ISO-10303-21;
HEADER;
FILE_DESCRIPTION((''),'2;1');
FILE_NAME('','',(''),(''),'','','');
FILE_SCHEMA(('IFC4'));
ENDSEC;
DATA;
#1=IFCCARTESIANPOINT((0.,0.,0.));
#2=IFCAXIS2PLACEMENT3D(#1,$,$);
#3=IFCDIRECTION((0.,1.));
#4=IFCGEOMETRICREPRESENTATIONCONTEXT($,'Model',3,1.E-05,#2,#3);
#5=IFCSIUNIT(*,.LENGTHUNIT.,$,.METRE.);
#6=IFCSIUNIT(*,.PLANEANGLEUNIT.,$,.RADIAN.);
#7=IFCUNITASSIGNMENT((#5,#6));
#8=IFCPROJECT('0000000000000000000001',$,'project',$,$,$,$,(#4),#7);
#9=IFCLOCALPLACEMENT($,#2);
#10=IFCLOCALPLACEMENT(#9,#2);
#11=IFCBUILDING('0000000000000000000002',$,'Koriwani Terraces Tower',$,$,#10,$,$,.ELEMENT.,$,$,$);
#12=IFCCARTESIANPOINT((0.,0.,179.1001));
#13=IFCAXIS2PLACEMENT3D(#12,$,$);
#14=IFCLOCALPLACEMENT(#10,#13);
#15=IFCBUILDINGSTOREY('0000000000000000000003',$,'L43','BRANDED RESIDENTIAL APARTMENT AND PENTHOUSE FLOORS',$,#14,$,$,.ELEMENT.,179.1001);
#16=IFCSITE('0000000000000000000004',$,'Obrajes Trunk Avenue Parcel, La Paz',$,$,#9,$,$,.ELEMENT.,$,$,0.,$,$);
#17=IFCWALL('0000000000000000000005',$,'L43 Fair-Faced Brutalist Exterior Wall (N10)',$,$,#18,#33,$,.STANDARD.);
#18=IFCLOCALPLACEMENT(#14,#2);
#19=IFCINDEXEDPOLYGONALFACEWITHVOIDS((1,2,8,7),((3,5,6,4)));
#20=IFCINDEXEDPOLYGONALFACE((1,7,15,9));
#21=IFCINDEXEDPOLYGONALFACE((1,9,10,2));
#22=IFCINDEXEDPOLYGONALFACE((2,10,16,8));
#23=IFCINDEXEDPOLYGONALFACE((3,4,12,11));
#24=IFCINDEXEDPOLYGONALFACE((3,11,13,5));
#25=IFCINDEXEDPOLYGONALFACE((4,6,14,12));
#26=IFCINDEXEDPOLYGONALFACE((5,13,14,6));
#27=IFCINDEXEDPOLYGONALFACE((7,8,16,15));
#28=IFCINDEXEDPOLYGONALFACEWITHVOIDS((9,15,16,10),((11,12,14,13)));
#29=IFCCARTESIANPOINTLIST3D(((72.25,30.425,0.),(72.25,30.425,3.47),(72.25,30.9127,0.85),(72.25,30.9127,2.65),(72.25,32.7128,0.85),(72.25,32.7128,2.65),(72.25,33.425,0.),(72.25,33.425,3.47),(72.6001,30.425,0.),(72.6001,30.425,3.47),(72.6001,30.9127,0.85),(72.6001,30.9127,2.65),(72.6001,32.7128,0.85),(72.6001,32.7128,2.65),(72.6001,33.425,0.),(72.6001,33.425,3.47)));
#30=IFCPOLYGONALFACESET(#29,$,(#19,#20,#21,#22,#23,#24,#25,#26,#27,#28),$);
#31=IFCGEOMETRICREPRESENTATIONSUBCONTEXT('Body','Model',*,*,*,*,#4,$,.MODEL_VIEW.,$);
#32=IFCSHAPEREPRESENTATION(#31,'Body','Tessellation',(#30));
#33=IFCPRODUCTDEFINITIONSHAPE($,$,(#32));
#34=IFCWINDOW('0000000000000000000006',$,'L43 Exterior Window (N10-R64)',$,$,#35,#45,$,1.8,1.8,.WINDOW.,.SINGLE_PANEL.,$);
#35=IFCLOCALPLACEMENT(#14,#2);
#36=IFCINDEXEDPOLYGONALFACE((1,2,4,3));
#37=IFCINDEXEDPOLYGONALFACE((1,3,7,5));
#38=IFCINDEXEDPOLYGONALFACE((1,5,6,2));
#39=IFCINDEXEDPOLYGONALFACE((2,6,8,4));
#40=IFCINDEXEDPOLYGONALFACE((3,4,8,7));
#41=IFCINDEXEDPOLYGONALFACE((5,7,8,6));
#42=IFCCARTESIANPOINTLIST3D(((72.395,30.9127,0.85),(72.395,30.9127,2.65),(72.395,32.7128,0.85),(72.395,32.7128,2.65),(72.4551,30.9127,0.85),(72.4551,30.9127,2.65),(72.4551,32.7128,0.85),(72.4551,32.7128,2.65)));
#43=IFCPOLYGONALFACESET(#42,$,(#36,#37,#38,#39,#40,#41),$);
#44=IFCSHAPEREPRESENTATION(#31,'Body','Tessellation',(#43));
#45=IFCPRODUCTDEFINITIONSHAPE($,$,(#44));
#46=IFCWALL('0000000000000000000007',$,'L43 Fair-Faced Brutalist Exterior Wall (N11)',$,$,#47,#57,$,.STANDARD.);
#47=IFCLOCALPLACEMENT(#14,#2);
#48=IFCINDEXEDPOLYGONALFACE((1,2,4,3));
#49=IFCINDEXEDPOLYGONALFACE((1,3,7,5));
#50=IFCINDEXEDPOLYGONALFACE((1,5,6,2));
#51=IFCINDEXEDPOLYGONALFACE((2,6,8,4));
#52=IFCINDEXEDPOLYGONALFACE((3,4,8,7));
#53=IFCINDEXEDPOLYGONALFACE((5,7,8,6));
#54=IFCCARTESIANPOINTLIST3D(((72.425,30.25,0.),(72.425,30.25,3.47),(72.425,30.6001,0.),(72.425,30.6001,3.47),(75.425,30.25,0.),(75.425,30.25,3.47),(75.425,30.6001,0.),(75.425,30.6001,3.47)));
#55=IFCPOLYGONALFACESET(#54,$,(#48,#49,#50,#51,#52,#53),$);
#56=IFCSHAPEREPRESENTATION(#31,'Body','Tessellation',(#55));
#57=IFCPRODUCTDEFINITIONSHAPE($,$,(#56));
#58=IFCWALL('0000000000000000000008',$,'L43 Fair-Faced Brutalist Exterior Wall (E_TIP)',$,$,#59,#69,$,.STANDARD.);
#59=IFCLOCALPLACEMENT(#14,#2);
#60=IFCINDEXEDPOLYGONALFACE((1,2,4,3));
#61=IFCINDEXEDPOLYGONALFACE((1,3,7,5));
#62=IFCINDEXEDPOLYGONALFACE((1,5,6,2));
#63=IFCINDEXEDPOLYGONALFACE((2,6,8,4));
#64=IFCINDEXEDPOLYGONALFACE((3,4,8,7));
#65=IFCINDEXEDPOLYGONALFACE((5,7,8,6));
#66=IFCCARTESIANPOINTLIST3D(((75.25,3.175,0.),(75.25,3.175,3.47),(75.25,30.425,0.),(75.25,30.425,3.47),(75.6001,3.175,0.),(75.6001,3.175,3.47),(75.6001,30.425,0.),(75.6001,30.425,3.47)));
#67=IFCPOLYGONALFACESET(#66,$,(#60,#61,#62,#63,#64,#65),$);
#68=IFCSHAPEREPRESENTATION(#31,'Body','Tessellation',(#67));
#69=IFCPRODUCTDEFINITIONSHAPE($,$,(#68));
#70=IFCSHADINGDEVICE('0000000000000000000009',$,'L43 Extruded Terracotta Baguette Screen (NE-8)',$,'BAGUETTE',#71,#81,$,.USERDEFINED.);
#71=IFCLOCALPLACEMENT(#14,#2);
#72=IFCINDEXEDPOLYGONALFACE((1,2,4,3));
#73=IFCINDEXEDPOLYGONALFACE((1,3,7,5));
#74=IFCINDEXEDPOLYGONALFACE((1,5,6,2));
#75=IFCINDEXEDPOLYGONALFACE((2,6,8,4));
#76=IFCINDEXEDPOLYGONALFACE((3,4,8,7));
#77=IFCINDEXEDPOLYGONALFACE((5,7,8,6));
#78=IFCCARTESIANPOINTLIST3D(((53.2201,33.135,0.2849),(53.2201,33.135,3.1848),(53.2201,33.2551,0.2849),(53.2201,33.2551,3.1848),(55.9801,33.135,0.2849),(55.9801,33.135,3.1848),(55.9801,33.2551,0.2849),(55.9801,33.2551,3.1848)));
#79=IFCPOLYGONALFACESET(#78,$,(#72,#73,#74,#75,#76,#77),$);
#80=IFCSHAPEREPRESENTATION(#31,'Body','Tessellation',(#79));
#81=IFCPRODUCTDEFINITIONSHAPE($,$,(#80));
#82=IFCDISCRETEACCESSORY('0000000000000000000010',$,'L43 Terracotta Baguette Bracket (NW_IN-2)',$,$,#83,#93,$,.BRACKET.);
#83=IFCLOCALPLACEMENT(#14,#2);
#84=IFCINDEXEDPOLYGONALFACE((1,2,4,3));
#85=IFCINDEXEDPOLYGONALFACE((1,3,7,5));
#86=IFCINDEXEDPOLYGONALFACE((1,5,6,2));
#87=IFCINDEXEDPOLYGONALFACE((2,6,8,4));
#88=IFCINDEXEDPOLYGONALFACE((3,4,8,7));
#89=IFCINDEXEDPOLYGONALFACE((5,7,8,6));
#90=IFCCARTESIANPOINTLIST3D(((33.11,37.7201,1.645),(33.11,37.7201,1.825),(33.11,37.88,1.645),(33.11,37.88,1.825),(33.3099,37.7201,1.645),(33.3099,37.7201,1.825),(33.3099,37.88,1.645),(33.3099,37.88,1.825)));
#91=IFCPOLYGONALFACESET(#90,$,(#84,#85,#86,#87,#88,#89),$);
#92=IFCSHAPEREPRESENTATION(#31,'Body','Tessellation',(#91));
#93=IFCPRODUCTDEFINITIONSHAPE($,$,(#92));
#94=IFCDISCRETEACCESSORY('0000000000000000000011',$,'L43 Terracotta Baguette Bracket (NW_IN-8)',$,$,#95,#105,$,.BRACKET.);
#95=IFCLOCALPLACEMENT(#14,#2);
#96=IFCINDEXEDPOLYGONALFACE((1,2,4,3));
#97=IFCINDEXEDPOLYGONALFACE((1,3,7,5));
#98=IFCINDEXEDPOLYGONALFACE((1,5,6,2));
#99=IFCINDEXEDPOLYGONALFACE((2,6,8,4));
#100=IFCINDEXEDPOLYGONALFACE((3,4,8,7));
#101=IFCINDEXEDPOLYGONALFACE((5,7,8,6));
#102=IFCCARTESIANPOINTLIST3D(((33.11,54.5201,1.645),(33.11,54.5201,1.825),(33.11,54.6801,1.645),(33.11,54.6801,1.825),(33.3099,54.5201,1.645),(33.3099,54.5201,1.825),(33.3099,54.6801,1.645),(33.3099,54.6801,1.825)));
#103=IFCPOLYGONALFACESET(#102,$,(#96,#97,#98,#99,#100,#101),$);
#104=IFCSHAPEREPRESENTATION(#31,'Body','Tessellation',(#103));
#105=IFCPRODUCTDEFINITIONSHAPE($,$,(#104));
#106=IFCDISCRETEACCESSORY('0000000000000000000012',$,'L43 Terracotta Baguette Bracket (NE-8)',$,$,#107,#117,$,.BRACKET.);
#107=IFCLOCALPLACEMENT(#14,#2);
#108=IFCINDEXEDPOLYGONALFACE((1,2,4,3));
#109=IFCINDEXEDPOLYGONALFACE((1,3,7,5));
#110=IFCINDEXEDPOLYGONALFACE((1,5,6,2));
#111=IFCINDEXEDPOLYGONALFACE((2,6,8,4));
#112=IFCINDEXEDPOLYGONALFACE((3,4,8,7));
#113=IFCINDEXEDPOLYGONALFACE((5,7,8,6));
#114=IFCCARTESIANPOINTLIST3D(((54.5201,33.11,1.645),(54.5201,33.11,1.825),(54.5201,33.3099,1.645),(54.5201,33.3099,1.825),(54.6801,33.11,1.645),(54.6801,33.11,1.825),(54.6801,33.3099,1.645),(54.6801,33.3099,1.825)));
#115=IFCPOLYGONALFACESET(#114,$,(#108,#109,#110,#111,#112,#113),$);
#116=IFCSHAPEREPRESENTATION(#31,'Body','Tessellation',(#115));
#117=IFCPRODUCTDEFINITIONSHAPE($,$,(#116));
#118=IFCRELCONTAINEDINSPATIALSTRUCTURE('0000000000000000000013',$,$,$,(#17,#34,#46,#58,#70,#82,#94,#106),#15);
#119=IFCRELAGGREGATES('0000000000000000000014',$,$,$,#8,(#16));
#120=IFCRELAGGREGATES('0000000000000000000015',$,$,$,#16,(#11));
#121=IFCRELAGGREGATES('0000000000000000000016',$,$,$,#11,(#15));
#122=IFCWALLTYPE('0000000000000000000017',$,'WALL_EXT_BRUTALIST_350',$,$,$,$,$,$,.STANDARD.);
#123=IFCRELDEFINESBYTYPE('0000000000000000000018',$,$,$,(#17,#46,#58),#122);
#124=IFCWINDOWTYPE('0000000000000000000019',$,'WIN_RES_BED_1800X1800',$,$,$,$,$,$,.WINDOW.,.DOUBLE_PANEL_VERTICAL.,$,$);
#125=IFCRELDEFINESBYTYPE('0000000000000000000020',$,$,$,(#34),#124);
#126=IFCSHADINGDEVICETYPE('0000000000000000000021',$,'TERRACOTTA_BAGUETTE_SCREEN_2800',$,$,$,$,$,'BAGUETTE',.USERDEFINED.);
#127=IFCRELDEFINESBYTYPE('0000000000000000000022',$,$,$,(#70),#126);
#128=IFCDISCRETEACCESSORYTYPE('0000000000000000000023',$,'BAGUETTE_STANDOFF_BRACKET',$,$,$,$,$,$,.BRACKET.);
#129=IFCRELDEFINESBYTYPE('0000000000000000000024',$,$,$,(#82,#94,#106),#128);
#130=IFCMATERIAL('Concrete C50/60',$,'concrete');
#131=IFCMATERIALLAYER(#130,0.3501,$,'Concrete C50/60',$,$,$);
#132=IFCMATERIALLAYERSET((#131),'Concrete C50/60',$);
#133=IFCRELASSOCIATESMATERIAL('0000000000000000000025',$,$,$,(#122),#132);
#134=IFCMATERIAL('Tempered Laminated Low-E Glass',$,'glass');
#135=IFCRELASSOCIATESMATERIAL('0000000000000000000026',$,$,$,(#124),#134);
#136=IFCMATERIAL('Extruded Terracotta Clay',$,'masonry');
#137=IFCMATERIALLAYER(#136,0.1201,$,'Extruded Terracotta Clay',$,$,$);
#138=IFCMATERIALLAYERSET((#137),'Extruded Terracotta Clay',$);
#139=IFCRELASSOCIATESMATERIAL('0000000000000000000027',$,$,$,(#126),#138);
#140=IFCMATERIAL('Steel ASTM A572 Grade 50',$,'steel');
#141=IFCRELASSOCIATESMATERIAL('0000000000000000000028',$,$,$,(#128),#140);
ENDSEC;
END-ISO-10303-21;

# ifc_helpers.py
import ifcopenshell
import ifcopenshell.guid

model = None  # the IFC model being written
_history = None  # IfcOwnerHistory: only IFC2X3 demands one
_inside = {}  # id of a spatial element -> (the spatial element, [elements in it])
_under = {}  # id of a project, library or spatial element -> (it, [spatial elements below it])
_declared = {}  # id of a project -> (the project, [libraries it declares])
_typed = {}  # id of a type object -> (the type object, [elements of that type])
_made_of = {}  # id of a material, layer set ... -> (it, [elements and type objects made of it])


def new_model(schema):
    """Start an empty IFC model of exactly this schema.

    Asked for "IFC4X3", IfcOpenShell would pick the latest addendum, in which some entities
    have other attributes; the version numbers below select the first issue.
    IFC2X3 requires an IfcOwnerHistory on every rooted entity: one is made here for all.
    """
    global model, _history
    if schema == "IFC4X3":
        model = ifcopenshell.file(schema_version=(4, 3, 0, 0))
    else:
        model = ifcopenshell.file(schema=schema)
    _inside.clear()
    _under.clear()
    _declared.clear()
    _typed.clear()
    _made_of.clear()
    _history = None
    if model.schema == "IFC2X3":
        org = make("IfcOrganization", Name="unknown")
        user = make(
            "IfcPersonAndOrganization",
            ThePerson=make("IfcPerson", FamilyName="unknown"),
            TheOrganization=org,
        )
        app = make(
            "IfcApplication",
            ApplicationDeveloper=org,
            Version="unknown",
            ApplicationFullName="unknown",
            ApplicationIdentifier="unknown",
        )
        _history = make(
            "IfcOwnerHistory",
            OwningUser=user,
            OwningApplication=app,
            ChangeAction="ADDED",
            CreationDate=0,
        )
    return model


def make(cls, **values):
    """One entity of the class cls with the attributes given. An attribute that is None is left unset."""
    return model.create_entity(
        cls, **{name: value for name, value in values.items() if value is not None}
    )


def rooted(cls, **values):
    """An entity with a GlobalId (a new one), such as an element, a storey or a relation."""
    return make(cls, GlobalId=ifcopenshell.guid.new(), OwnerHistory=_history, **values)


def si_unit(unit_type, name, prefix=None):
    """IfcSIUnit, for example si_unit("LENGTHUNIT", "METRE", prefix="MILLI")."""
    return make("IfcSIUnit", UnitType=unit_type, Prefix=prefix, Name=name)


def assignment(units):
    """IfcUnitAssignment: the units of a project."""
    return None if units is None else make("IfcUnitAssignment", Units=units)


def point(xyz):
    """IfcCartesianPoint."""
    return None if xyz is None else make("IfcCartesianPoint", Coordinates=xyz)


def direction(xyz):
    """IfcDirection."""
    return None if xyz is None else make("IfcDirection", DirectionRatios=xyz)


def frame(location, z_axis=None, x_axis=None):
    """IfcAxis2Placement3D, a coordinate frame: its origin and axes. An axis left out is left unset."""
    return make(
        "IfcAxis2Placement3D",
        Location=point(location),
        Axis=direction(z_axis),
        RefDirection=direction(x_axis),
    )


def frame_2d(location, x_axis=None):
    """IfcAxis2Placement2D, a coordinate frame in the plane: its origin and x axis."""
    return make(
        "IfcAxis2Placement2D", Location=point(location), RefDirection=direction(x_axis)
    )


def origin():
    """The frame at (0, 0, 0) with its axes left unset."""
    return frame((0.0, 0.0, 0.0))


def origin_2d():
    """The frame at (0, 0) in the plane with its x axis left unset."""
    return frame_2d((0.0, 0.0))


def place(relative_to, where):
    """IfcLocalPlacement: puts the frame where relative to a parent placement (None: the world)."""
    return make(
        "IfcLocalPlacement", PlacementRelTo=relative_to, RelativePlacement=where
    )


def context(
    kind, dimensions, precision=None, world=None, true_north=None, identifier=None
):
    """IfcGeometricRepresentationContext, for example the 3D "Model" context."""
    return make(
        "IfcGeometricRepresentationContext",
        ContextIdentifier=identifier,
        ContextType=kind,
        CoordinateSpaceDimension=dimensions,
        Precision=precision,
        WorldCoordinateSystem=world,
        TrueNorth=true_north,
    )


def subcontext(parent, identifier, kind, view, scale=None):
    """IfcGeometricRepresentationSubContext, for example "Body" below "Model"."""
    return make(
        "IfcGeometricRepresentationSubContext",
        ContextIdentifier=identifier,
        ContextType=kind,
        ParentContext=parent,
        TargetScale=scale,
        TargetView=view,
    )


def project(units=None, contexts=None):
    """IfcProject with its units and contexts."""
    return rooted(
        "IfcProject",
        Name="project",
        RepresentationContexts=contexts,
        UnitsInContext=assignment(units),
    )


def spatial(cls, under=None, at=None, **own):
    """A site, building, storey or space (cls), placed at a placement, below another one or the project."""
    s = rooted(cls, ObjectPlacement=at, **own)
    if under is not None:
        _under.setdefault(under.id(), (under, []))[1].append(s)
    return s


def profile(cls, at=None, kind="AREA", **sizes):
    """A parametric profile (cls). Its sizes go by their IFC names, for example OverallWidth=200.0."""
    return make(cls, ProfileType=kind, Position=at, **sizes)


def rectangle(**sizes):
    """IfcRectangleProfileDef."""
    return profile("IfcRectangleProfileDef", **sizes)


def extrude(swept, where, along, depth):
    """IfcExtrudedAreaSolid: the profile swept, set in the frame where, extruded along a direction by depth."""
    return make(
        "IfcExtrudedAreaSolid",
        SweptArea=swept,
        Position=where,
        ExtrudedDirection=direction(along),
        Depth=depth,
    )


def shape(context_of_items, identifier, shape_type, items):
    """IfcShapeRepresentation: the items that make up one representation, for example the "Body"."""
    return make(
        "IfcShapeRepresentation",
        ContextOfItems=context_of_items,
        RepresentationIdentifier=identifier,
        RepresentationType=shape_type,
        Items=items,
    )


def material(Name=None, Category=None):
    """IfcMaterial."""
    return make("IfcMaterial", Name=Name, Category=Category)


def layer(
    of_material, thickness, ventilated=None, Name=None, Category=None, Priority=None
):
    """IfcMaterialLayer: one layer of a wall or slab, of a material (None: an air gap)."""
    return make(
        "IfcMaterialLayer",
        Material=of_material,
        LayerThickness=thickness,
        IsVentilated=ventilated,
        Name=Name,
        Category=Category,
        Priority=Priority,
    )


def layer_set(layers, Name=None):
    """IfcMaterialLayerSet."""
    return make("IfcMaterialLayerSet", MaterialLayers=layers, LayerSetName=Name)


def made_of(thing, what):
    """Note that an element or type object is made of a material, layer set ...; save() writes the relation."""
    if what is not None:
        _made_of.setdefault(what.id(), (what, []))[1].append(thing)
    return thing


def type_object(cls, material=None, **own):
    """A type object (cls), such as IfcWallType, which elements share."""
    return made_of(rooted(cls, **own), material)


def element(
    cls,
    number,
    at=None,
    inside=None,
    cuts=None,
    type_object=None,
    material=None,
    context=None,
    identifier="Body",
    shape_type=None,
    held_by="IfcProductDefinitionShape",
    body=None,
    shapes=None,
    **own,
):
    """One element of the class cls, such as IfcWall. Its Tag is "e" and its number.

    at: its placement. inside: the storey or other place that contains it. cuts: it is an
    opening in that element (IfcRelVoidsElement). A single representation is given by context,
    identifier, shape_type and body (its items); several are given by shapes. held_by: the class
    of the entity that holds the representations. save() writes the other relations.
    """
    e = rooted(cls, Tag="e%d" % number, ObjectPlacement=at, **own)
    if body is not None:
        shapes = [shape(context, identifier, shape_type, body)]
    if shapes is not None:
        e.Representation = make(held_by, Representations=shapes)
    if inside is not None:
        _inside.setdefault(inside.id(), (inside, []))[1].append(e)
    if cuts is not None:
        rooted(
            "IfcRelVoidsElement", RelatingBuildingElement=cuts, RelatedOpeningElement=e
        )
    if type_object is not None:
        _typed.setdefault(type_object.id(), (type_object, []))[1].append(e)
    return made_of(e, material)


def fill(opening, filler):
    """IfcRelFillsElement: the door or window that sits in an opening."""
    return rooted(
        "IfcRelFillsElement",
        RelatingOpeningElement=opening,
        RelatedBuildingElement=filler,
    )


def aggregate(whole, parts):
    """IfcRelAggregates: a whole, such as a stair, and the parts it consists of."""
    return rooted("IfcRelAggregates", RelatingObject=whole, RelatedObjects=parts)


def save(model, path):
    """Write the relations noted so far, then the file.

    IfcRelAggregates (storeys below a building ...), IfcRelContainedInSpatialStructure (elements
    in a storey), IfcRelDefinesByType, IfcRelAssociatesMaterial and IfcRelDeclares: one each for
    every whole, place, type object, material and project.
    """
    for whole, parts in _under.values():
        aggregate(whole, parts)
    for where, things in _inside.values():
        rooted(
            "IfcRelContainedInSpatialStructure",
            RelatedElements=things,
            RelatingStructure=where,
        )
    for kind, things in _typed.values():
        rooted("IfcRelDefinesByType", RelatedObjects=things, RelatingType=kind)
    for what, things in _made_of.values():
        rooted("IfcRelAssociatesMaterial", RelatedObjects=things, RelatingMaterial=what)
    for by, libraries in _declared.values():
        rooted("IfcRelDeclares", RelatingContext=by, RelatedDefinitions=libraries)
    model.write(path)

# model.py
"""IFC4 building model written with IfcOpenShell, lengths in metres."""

from ifc_helpers import new_model, si_unit, direction, frame, frame_2d, origin, origin_2d, place, context, subcontext, project, spatial, rectangle, extrude, material, layer, layer_set, type_object, element, fill, save


model = new_model("IFC4")

# Units and contexts
model_context = context("Model", 3, precision=1e-05, world=origin(), true_north=direction((0.0, 1.0)))
body_context = subcontext(model_context, "Body", "Model", "MODEL_VIEW")
ifc_project = project(units=[si_unit("LENGTHUNIT", "METRE"), si_unit("PLANEANGLEUNIT", "RADIAN")], contexts=[model_context])

# Site, building, storey
site_placement = place(None, origin())
site = spatial("IfcSite", under=ifc_project, at=site_placement, Name="Obrajes Trunk Avenue Parcel, La Paz", CompositionType="ELEMENT", RefElevation=0.0)
building_placement = place(site_placement, origin())
building = spatial("IfcBuilding", under=site, at=building_placement, Name="Koriwani Terraces Tower", CompositionType="ELEMENT")
storey_placement = place(building_placement, frame((0.0, 0.0, 179.1001)))
storey = spatial("IfcBuildingStorey", under=building, at=storey_placement, Name="L43", Description="BRANDED RESIDENTIAL APARTMENT AND PENTHOUSE FLOORS", CompositionType="ELEMENT", Elevation=179.1001)

# Shared definitions
ifc_material_1 = material(Name="Concrete C50/60", Category="concrete")

# Shared definitions
ifc_layer_1 = layer(ifc_material_1, 0.3501, Name="Concrete C50/60")
ifc_layer_set_1 = layer_set([ifc_layer_1], Name="Concrete C50/60")
wall_type_1 = type_object("IfcWallType", Name="WALL_EXT_BRUTALIST_350", PredefinedType="STANDARD", material=ifc_layer_set_1)
ifc_material_2 = material(Name="Tempered Laminated Low-E Glass", Category="glass")
window_type_1 = type_object("IfcWindowType", Name="WIN_RES_BED_1800X1800", PartitioningType="DOUBLE_PANEL_VERTICAL", PredefinedType="WINDOW", material=ifc_material_2)

# Wall, opening, window
wall_1_placement = place(storey_placement, frame((72.425, 33.425, 0.0), z_axis=(0.0, 0.0, 1.0), x_axis=(0.0, -1.0, 0.0)))
wall_1 = element("IfcWall", 1, at=wall_1_placement, inside=storey, type_object=wall_type_1, Name="L43 Fair-Faced Brutalist Exterior Wall (N10)", PredefinedType="STANDARD", context=body_context, shape_type="SweptSolid", body=[
    extrude(rectangle(XDim=3.0, YDim=0.3501, at=frame_2d((1.5, 0.0))), origin(), (0.0, 0.0, 1.0), 3.47),
])
opening_1_placement = place(wall_1_placement, frame((0.7124, 0.0, 0.8501)))
opening_1 = element("IfcOpeningElement", 2, at=opening_1_placement, cuts=wall_1, PredefinedType="OPENING", context=body_context, shape_type="SweptSolid", body=[
    extrude(rectangle(XDim=1.8, YDim=1.8, at=frame_2d((0.8999, 0.8999))), frame((0.0, 0.1851, 0.0), z_axis=(0.0, -1.0, 0.0), x_axis=(1.0, 0.0, 0.0)), (0.0, 0.0, 1.0), 0.3701),
])
window_1_placement = place(opening_1_placement, origin())
window_1 = element("IfcWindow", 3, at=window_1_placement, inside=storey, type_object=window_type_1, Name="L43 Exterior Window (N10-R64)", OverallHeight=1.8, OverallWidth=1.8, PartitioningType="SINGLE_PANEL", PredefinedType="WINDOW", context=body_context, shape_type="SweptSolid", body=[
    extrude(rectangle(XDim=1.8, YDim=1.8, at=frame_2d((0.8999, 0.8999))), frame((0.0, 0.03, 0.0), z_axis=(0.0, -1.0, 0.0), x_axis=(1.0, 0.0, 0.0)), (0.0, 0.0, 1.0), 0.0601),
])
fill(opening_1, window_1)

# Walls
wall_2_placement = place(storey_placement, frame((72.425, 30.425, 0.0), z_axis=(0.0, 0.0, 1.0), x_axis=(1.0, 0.0, 0.0)))
element("IfcWall", 4, at=wall_2_placement, inside=storey, type_object=wall_type_1, Name="L43 Fair-Faced Brutalist Exterior Wall (N11)", PredefinedType="STANDARD", context=body_context, shape_type="SweptSolid", body=[
    extrude(rectangle(XDim=3.0, YDim=0.3501, at=frame_2d((1.5, 0.0))), origin(), (0.0, 0.0, 1.0), 3.47),
])
wall_3_placement = place(storey_placement, frame((75.425, 30.425, 0.0), z_axis=(0.0, 0.0, 1.0), x_axis=(0.0, -1.0, 0.0)))
element("IfcWall", 5, at=wall_3_placement, inside=storey, type_object=wall_type_1, Name="L43 Fair-Faced Brutalist Exterior Wall (E_TIP)", PredefinedType="STANDARD", context=body_context, shape_type="SweptSolid", body=[
    extrude(rectangle(XDim=27.25, YDim=0.3501, at=frame_2d((13.625, 0.0))), origin(), (0.0, 0.0, 1.0), 3.47),
])

# Shared definitions
ifc_material_3 = material(Name="Steel ASTM A572 Grade 50", Category="steel")

# Shading device
ifc_material_4 = material(Name="Extruded Terracotta Clay", Category="masonry")
ifc_layer_2 = layer(ifc_material_4, 0.1201, Name="Extruded Terracotta Clay")
ifc_layer_set_2 = layer_set([ifc_layer_2], Name="Extruded Terracotta Clay")
shading_device_type = type_object("IfcShadingDeviceType", Name="TERRACOTTA_BAGUETTE_SCREEN_2800", ElementType="BAGUETTE", PredefinedType="USERDEFINED", material=ifc_layer_set_2)
shading_device_placement = place(storey_placement, frame((54.6001, 33.1951, 0.2849), z_axis=(0.0, 0.0, 1.0), x_axis=(1.0, 0.0, 0.0)))
element("IfcShadingDevice", 6, at=shading_device_placement, inside=storey, type_object=shading_device_type, Name="L43 Extruded Terracotta Baguette Screen (NE-8)", ObjectType="BAGUETTE", PredefinedType="USERDEFINED", context=body_context, shape_type="SweptSolid", body=[
    extrude(rectangle(XDim=2.76, YDim=0.1201, at=origin_2d()), origin(), (0.0, 0.0, 1.0), 2.8999),
])

# Discrete accessories
discrete_accessory_type = type_object("IfcDiscreteAccessoryType", Name="BAGUETTE_STANDOFF_BRACKET", PredefinedType="BRACKET", material=ifc_material_3)
for number, where, z_axis, x_axis, name in (
    (7, (33.21, 37.8, 1.645), (0.0, 0.0, 1.0), (0.0, -1.0, 0.0), "L43 Terracotta Baguette Bracket (NW_IN-2)"),
    (8, (33.21, 54.6001, 1.645), (0.0, 0.0, 1.0), (0.0, -1.0, 0.0), "L43 Terracotta Baguette Bracket (NW_IN-8)"),
    (9, (54.6001, 33.21, 1.645), (0.0, 0.0, 1.0), (1.0, 0.0, 0.0), "L43 Terracotta Baguette Bracket (NE-8)"),
):
    element("IfcDiscreteAccessory", number, at=place(storey_placement, frame(where, z_axis=z_axis, x_axis=x_axis)), inside=storey, type_object=discrete_accessory_type, Name=name, PredefinedType="BRACKET", context=body_context, shape_type="SweptSolid", body=[
        extrude(rectangle(XDim=0.1599, YDim=0.2, at=origin_2d()), origin(), (0.0, 0.0, 1.0), 0.1799),
    ])

save(model, "model.ifc")
